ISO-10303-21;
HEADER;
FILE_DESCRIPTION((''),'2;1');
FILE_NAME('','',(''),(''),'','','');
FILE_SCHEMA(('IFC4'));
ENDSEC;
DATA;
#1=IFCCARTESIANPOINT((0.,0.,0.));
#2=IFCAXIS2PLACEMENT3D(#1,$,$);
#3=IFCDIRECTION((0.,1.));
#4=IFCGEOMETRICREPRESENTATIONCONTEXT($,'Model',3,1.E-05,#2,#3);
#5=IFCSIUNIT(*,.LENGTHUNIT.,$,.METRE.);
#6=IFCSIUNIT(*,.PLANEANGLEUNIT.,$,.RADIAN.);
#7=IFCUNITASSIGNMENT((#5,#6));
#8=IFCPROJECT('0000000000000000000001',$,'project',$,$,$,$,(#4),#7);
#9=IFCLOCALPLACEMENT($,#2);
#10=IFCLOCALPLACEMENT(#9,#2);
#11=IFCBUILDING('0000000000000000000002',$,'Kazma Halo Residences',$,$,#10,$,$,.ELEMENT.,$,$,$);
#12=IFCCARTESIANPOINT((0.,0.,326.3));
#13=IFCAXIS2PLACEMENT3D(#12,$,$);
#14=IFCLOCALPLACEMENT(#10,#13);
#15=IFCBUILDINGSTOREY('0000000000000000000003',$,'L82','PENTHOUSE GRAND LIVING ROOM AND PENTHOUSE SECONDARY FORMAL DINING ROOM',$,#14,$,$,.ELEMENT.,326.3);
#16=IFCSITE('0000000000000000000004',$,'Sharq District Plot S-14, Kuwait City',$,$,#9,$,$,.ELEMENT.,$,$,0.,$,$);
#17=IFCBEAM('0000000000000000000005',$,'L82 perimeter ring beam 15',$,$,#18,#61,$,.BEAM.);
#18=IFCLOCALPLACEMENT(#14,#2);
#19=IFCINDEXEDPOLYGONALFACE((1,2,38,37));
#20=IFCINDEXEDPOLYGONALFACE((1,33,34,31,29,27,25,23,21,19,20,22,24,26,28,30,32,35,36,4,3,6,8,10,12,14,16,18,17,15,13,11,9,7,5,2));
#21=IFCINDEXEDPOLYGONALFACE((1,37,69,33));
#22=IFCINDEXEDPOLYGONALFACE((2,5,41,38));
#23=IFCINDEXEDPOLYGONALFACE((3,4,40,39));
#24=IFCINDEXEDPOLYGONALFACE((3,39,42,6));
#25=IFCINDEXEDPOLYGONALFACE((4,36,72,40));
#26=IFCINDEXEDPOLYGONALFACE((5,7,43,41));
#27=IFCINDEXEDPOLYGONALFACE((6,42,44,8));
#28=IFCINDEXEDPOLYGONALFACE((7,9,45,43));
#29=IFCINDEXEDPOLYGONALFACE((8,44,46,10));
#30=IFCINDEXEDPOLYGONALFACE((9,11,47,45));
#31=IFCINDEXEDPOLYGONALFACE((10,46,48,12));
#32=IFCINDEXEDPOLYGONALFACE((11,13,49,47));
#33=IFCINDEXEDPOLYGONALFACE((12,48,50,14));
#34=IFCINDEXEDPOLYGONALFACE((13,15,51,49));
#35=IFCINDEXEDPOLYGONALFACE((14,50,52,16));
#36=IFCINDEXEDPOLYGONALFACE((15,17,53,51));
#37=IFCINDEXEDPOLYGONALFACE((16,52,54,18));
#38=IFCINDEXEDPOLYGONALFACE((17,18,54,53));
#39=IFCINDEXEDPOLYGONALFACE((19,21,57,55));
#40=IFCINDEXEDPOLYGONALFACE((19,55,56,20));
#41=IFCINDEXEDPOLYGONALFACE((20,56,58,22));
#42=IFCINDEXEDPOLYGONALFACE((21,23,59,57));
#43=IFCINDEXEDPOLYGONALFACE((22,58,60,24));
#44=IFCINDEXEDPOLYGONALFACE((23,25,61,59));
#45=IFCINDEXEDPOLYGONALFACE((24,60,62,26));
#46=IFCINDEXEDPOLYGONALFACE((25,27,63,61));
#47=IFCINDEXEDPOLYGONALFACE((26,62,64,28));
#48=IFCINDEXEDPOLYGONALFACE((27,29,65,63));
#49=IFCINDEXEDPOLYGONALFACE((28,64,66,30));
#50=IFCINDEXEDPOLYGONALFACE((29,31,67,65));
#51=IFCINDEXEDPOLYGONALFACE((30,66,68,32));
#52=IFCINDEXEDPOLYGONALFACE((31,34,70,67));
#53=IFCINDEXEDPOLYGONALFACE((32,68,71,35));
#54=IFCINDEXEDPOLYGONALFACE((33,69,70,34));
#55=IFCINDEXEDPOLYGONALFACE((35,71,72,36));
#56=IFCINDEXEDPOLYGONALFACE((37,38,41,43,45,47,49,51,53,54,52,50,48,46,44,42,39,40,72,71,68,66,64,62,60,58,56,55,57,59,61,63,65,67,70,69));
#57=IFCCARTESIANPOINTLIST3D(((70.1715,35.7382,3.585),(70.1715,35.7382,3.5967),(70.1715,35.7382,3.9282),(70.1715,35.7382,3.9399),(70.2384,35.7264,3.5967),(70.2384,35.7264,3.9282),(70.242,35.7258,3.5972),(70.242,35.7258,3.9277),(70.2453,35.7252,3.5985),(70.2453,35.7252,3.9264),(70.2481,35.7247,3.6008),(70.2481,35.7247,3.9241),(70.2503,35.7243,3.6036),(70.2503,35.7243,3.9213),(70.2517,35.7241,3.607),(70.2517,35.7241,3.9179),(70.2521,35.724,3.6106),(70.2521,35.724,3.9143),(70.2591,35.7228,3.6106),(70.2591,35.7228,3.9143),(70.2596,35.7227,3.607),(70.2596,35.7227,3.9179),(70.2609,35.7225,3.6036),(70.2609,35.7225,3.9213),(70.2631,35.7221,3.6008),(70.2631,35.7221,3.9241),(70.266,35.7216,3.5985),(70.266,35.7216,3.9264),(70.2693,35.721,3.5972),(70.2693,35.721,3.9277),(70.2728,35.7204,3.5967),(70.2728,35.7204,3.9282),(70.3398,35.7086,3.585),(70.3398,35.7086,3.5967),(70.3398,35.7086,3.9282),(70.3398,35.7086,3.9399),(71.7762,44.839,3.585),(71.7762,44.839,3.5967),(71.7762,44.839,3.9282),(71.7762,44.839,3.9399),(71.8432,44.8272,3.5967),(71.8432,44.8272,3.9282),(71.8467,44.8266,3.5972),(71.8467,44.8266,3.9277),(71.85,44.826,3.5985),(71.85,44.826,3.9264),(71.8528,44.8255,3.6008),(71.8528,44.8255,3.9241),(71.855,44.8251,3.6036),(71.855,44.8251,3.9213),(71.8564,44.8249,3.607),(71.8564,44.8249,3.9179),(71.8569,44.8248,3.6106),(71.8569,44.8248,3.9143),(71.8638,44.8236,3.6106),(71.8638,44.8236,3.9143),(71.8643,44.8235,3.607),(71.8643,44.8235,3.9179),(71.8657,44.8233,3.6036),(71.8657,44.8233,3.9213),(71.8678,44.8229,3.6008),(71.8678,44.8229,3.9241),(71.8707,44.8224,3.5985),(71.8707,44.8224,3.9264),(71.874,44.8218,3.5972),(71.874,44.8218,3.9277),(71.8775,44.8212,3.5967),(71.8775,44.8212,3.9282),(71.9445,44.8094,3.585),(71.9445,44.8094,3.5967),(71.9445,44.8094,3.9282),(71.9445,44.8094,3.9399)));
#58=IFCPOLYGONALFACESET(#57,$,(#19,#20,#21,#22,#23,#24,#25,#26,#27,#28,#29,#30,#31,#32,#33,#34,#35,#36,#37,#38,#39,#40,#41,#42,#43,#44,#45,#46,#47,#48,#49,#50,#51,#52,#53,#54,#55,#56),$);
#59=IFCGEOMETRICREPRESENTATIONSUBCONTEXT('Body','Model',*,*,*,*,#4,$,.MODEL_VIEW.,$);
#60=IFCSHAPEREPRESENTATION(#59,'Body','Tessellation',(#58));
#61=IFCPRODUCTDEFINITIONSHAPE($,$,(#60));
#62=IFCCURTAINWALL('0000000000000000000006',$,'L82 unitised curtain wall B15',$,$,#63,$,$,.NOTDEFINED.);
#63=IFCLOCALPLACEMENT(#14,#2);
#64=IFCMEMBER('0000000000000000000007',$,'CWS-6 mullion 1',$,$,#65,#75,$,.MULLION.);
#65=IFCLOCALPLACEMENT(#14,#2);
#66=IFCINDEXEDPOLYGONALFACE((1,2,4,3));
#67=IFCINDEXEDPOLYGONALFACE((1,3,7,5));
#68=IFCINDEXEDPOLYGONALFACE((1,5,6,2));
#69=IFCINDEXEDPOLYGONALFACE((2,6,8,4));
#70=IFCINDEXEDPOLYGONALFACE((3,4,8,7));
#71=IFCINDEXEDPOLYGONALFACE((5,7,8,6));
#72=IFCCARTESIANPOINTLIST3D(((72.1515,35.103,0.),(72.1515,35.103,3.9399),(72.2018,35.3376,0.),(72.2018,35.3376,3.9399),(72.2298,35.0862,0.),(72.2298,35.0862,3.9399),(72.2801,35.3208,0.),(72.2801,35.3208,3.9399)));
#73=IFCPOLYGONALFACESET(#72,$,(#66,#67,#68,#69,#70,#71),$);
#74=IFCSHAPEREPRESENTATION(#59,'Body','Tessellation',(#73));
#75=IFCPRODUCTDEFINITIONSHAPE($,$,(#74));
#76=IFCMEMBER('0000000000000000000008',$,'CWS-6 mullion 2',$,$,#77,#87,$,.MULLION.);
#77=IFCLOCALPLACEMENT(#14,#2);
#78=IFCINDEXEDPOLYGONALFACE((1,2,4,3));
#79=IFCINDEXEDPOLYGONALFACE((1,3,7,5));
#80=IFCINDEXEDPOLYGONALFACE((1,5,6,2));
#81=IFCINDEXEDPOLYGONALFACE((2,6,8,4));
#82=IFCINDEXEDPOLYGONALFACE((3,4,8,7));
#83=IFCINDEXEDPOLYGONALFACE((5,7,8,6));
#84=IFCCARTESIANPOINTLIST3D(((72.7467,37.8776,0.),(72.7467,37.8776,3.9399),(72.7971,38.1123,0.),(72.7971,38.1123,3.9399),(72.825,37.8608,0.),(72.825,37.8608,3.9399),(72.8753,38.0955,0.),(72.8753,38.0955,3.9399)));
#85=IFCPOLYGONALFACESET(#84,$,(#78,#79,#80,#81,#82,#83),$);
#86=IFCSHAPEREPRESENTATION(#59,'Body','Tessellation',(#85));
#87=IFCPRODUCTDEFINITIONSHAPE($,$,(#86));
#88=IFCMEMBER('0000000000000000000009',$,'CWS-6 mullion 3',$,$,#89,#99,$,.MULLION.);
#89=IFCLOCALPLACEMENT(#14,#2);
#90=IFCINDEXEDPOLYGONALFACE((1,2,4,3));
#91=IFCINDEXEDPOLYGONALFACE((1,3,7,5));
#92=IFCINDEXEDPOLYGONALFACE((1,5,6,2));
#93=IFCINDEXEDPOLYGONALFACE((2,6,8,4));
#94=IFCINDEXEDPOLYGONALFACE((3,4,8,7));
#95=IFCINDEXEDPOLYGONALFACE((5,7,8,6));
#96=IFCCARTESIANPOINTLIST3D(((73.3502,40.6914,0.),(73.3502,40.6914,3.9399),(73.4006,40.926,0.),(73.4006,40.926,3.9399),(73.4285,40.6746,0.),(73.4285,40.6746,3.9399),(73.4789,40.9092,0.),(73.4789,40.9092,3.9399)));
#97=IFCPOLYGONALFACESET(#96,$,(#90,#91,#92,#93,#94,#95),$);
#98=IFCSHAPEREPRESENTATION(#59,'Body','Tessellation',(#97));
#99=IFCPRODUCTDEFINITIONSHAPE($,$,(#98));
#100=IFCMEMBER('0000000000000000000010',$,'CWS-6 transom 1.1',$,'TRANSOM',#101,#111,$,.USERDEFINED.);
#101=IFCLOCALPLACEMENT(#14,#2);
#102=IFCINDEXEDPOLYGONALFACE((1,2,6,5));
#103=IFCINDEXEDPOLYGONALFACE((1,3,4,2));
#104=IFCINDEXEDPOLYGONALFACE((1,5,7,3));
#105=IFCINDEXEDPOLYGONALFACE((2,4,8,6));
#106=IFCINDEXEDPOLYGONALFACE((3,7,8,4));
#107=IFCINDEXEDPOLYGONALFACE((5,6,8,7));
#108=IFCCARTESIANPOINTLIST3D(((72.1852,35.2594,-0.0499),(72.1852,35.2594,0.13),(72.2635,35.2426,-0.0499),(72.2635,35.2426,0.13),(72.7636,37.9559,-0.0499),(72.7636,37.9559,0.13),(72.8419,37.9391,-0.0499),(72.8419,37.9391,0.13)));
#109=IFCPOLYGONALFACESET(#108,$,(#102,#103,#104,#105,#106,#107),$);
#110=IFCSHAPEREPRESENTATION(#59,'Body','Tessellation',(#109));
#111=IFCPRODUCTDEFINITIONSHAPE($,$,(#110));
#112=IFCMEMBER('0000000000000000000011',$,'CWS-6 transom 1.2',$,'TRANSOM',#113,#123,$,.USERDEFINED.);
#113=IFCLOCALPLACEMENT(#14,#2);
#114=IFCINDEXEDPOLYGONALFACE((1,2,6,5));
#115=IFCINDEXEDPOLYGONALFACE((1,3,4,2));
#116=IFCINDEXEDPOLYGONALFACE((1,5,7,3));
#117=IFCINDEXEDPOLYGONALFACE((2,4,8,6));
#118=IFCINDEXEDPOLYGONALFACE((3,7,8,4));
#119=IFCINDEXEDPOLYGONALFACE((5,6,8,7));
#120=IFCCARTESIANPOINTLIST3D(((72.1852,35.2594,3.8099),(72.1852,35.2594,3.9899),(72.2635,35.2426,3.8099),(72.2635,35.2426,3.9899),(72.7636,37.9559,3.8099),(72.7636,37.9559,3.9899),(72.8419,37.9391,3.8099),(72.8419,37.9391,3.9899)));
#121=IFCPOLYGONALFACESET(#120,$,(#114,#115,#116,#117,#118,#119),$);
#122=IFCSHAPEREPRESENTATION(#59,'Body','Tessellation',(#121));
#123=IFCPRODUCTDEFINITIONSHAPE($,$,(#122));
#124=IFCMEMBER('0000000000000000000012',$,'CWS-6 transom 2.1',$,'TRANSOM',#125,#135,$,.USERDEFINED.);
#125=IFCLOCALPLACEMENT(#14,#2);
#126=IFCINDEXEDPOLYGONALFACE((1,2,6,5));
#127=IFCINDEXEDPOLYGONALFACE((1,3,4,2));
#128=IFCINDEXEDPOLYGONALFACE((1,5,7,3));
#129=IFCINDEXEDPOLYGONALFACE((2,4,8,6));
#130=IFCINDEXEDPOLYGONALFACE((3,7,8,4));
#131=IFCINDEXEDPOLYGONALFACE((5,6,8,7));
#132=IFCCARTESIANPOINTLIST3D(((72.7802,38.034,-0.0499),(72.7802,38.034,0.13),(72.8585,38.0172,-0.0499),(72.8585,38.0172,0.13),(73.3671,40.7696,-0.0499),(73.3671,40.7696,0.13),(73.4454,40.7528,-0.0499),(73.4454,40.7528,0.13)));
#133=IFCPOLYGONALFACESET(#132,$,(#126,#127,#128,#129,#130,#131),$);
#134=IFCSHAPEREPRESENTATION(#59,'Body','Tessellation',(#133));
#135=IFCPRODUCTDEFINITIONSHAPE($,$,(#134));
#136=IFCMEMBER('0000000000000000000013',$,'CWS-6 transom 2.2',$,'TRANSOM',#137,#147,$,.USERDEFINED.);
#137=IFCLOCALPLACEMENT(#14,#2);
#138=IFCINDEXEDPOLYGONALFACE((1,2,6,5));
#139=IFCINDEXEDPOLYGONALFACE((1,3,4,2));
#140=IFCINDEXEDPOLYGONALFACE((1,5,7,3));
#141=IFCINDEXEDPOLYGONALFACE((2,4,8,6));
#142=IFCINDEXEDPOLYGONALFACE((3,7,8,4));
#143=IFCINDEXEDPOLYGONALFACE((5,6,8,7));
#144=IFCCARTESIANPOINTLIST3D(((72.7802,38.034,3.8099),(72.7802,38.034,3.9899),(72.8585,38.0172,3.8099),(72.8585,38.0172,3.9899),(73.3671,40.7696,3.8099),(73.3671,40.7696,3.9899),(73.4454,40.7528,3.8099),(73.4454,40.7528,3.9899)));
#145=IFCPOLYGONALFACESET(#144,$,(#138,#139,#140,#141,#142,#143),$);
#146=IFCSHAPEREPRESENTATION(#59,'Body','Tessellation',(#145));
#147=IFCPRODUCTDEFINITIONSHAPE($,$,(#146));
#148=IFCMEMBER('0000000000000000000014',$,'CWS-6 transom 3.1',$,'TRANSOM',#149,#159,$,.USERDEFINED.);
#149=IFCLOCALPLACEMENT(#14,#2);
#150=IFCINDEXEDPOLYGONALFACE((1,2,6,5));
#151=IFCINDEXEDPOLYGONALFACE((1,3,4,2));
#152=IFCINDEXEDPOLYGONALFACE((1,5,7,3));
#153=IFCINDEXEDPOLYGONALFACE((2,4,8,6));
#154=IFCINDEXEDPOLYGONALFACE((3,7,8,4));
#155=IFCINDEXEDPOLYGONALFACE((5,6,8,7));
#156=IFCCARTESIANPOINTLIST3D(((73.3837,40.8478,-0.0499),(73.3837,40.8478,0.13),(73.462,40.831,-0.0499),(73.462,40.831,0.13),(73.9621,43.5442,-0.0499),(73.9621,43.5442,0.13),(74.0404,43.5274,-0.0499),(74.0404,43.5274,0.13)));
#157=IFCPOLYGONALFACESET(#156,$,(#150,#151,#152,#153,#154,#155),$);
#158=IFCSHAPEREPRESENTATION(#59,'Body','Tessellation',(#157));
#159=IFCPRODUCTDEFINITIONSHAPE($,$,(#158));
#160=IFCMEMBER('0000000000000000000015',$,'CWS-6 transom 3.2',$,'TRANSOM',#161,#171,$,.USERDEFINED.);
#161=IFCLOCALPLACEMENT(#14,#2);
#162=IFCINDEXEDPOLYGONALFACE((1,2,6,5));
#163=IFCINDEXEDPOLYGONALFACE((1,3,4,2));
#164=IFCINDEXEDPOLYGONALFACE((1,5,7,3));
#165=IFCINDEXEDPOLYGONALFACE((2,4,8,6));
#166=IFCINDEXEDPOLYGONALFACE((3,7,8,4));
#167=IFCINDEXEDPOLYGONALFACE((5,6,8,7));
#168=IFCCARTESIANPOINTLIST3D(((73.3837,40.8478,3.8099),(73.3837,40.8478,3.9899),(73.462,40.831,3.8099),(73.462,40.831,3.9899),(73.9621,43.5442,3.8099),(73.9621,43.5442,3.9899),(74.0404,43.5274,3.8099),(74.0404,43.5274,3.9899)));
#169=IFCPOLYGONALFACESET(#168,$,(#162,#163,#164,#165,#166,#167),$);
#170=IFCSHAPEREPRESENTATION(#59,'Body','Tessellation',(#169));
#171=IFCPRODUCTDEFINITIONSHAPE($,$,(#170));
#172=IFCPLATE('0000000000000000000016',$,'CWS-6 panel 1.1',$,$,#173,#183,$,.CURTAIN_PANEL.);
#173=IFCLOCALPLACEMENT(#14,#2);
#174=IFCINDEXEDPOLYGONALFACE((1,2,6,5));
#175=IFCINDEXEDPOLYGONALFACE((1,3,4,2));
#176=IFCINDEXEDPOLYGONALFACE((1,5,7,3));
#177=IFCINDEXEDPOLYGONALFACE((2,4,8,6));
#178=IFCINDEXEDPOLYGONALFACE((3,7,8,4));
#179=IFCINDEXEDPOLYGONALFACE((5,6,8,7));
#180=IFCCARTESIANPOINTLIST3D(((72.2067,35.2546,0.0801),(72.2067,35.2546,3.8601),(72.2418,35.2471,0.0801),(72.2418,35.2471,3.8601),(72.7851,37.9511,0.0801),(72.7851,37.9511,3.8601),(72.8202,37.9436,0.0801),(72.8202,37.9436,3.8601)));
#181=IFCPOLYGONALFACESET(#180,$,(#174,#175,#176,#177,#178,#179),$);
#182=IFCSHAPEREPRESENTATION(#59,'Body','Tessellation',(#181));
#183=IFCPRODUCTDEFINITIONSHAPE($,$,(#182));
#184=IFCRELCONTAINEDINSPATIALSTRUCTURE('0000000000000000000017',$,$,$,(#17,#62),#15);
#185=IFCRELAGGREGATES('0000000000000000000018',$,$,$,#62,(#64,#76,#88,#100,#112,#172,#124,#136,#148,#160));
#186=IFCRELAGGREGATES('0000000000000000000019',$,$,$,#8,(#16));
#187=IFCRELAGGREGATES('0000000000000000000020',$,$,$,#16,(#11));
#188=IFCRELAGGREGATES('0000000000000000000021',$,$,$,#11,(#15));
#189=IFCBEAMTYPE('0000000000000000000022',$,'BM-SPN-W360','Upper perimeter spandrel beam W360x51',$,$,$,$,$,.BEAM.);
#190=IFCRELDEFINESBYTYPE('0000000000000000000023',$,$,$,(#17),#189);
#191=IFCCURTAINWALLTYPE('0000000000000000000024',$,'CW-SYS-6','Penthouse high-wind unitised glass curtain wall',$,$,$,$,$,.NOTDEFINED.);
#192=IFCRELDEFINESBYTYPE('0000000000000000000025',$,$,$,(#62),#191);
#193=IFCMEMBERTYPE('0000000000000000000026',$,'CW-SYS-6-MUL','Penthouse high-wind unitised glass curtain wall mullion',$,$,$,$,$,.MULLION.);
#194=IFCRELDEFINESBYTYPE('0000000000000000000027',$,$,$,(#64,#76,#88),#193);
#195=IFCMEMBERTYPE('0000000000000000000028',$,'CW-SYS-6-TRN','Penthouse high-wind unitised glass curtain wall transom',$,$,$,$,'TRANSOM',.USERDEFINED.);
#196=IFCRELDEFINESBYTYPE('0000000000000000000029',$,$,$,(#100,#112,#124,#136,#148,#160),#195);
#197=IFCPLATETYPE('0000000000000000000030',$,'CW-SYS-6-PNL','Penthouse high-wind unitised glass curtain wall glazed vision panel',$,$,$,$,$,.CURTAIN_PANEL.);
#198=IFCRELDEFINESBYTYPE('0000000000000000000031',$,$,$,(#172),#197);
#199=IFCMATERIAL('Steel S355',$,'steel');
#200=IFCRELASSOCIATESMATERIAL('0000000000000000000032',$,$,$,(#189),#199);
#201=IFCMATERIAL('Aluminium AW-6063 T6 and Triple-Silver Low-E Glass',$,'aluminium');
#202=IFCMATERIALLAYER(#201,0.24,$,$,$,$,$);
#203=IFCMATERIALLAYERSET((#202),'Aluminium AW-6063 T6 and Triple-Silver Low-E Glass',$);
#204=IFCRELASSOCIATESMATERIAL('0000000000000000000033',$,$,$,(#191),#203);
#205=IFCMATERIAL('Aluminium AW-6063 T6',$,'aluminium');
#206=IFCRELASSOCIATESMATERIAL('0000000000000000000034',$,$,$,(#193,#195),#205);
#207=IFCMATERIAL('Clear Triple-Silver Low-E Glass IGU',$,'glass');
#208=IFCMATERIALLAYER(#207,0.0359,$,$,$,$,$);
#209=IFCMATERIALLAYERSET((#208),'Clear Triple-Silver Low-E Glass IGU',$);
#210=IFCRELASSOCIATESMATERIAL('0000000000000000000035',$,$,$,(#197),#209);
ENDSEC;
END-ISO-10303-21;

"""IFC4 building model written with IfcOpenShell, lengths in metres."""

from ifc_helpers import new_model, si_unit, direction, frame, origin, origin_2d, place, context, subcontext, project, spatial, rectangle, i_section, extrude, material, layer, layer_set, material_profile, profile_set, type_object, element, aggregate, save


model = new_model("IFC4")

# Units and contexts
model_context = context("Model", 3, precision=1e-05, world=origin(), true_north=direction((0.0, 1.0)))
body_context = subcontext(model_context, "Body", "Model", "MODEL_VIEW")
ifc_project = project(units=[si_unit("LENGTHUNIT", "METRE"), si_unit("PLANEANGLEUNIT", "RADIAN")], contexts=[model_context])

# Site, building, storey
site_placement = place(None, origin())
site = spatial("IfcSite", under=ifc_project, at=site_placement, Name="Sharq District Plot S-14, Kuwait City", CompositionType="ELEMENT", RefElevation=0.0)
building_placement = place(site_placement, origin())
building = spatial("IfcBuilding", under=site, at=building_placement, Name="Kazma Halo Residences", CompositionType="ELEMENT")
storey_placement = place(building_placement, frame((0.0, 0.0, 326.3)))
storey = spatial("IfcBuildingStorey", under=building, at=storey_placement, Name="L82", Description="PENTHOUSE GRAND LIVING ROOM AND PENTHOUSE SECONDARY FORMAL DINING ROOM", CompositionType="ELEMENT", Elevation=326.3)

# Beam
ifc_material_1 = material(Name="Steel S355", Category="steel")
ifc_material_profile_1 = material_profile(ifc_material_1, i_section(OverallWidth=0.1709, OverallDepth=0.355, WebThickness=0.0071, FlangeThickness=0.0117, FilletRadius=0.0139, at=origin_2d()), Name="W360x51")
ifc_profile_set_1 = profile_set([ifc_material_profile_1], Name="Steel S355")
beam_type_1 = type_object("IfcBeamType", Name="BM-SPN-W360", Description="Upper perimeter spandrel beam W360x51", PredefinedType="BEAM", material=ifc_profile_set_1)
beam_1_placement = place(storey_placement, frame((70.2556, 35.7234, 3.7625), z_axis=(0.17365, 0.984807, 0.0), x_axis=(-0.984807, 0.17365, 0.0)))
element("IfcBeam", 1, at=beam_1_placement, inside=storey, type_object=beam_type_1, Name="L82 perimeter ring beam 15", PredefinedType="BEAM", context=body_context, shape_type="SweptSolid", body=[
    extrude(i_section(OverallWidth=0.1709, OverallDepth=0.355, WebThickness=0.0071, FlangeThickness=0.0117, FilletRadius=0.0139, at=origin_2d()), origin(), (0.0, 0.0, 1.0), 9.2412),
])

# Curtain wall, members, plate
ifc_material_2 = material(Name="Aluminium AW-6063 T6 and Triple-Silver Low-E Glass", Category="aluminium")
ifc_layer_1 = layer(ifc_material_2, 0.24)
ifc_layer_set_1 = layer_set([ifc_layer_1], Name="Aluminium AW-6063 T6 and Triple-Silver Low-E Glass")
curtain_wall_type = type_object("IfcCurtainWallType", Name="CW-SYS-6", Description="Penthouse high-wind unitised glass curtain wall", PredefinedType="NOTDEFINED", material=ifc_layer_set_1)
curtain_wall_placement = place(storey_placement, origin())
curtain_wall = element("IfcCurtainWall", 2, at=curtain_wall_placement, inside=storey, type_object=curtain_wall_type, Name="L82 unitised curtain wall B15", PredefinedType="NOTDEFINED")
ifc_material_3 = material(Name="Aluminium AW-6063 T6", Category="aluminium")
ifc_material_profile_2 = material_profile(ifc_material_3, rectangle(XDim=0.0801, YDim=0.24, at=origin_2d()), Name="CWM-80x240")
ifc_profile_set_2 = profile_set([ifc_material_profile_2], Name="Aluminium AW-6063 T6")
member_type_1 = type_object("IfcMemberType", Name="CW-SYS-6-MUL", Description="Penthouse high-wind unitised glass curtain wall mullion", PredefinedType="MULLION", material=ifc_profile_set_2)
member_1_placement = place(storey_placement, frame((72.2158, 35.2119, 0.0), z_axis=(0.0, 0.0, 1.0), x_axis=(-0.977761, 0.209723, 0.0)))
member_1 = element("IfcMember", 3, at=member_1_placement, type_object=member_type_1, Name="CWS-6 mullion 1", PredefinedType="MULLION", context=body_context, shape_type="SweptSolid", body=[
    extrude(rectangle(XDim=0.0801, YDim=0.24, at=origin_2d()), origin(), (0.0, 0.0, 1.0), 3.9399),
])
member_2_placement = place(storey_placement, frame((72.811, 37.9866, 0.0), z_axis=(0.0, 0.0, 1.0), x_axis=(-0.977761, 0.209723, 0.0)))
member_2 = element("IfcMember", 4, at=member_2_placement, type_object=member_type_1, Name="CWS-6 mullion 2", PredefinedType="MULLION", context=body_context, shape_type="SweptSolid", body=[
    extrude(rectangle(XDim=0.0801, YDim=0.24, at=origin_2d()), origin(), (0.0, 0.0, 1.0), 3.9399),
])
member_3_placement = place(storey_placement, frame((73.4146, 40.8003, 0.0), z_axis=(0.0, 0.0, 1.0), x_axis=(-0.977761, 0.209723, 0.0)))
member_3 = element("IfcMember", 5, at=member_3_placement, type_object=member_type_1, Name="CWS-6 mullion 3", PredefinedType="MULLION", context=body_context, shape_type="SweptSolid", body=[
    extrude(rectangle(XDim=0.0801, YDim=0.24, at=origin_2d()), origin(), (0.0, 0.0, 1.0), 3.9399),
])
ifc_material_profile_3 = material_profile(ifc_material_3, rectangle(XDim=0.0801, YDim=0.1799, at=origin_2d()), Name="CWT-80x180")
ifc_profile_set_3 = profile_set([ifc_material_profile_3], Name="Aluminium AW-6063 T6")
member_type_2 = type_object("IfcMemberType", Name="CW-SYS-6-TRN", Description="Penthouse high-wind unitised glass curtain wall transom", ElementType="TRANSOM", PredefinedType="USERDEFINED", material=ifc_profile_set_3)
member_4_placement = place(storey_placement, frame((72.2244, 35.251, 0.04), z_axis=(0.209716, 0.977762, 0.0), x_axis=(-0.977762, 0.209716, 0.0)))
member_4 = element("IfcMember", 6, at=member_4_placement, type_object=member_type_2, Name="CWS-6 transom 1.1", ObjectType="TRANSOM", PredefinedType="USERDEFINED", context=body_context, shape_type="SweptSolid", body=[
    extrude(rectangle(XDim=0.0801, YDim=0.1799, at=origin_2d()), origin(), (0.0, 0.0, 1.0), 2.7578),
])
member_5_placement = place(storey_placement, frame((72.2244, 35.251, 3.8999), z_axis=(0.209716, 0.977762, 0.0), x_axis=(-0.977762, 0.209716, 0.0)))
member_5 = element("IfcMember", 7, at=member_5_placement, type_object=member_type_2, Name="CWS-6 transom 1.2", ObjectType="TRANSOM", PredefinedType="USERDEFINED", context=body_context, shape_type="SweptSolid", body=[
    extrude(rectangle(XDim=0.0801, YDim=0.1799, at=origin_2d()), origin(), (0.0, 0.0, 1.0), 2.7578),
])
member_6_placement = place(storey_placement, frame((72.8193, 38.0256, 0.04), z_axis=(0.209773, 0.97775, 0.0), x_axis=(-0.97775, 0.209773, 0.0)))
member_6 = element("IfcMember", 8, at=member_6_placement, type_object=member_type_2, Name="CWS-6 transom 2.1", ObjectType="TRANSOM", PredefinedType="USERDEFINED", context=body_context, shape_type="SweptSolid", body=[
    extrude(rectangle(XDim=0.0801, YDim=0.1799, at=origin_2d()), origin(), (0.0, 0.0, 1.0), 2.7979),
])
member_7_placement = place(storey_placement, frame((72.8193, 38.0256, 3.8999), z_axis=(0.209773, 0.97775, 0.0), x_axis=(-0.97775, 0.209773, 0.0)))
member_7 = element("IfcMember", 9, at=member_7_placement, type_object=member_type_2, Name="CWS-6 transom 2.2", ObjectType="TRANSOM", PredefinedType="USERDEFINED", context=body_context, shape_type="SweptSolid", body=[
    extrude(rectangle(XDim=0.0801, YDim=0.1799, at=origin_2d()), origin(), (0.0, 0.0, 1.0), 2.7979),
])
member_8_placement = place(storey_placement, frame((73.4229, 40.8394, 0.04), z_axis=(0.209716, 0.977762, 0.0), x_axis=(-0.977762, 0.209716, 0.0)))
member_8 = element("IfcMember", 10, at=member_8_placement, type_object=member_type_2, Name="CWS-6 transom 3.1", ObjectType="TRANSOM", PredefinedType="USERDEFINED", context=body_context, shape_type="SweptSolid", body=[
    extrude(rectangle(XDim=0.0801, YDim=0.1799, at=origin_2d()), origin(), (0.0, 0.0, 1.0), 2.7578),
])
member_9_placement = place(storey_placement, frame((73.4229, 40.8394, 3.8999), z_axis=(0.209716, 0.977762, 0.0), x_axis=(-0.977762, 0.209716, 0.0)))
member_9 = element("IfcMember", 11, at=member_9_placement, type_object=member_type_2, Name="CWS-6 transom 3.2", ObjectType="TRANSOM", PredefinedType="USERDEFINED", context=body_context, shape_type="SweptSolid", body=[
    extrude(rectangle(XDim=0.0801, YDim=0.1799, at=origin_2d()), origin(), (0.0, 0.0, 1.0), 2.7578),
])
ifc_material_4 = material(Name="Clear Triple-Silver Low-E Glass IGU", Category="glass")
ifc_layer_2 = layer(ifc_material_4, 0.0359)
ifc_layer_set_2 = layer_set([ifc_layer_2], Name="Clear Triple-Silver Low-E Glass IGU")
plate_type = type_object("IfcPlateType", Name="CW-SYS-6-PNL", Description="Penthouse high-wind unitised glass curtain wall glazed vision panel", PredefinedType="CURTAIN_PANEL", material=ifc_layer_set_2)
plate_1_placement = place(storey_placement, frame((72.5134, 36.5991, 0.0801), z_axis=(0.0, 0.0, 1.0), x_axis=(0.209723, 0.977761, 0.0)))
plate_1 = element("IfcPlate", 12, at=plate_1_placement, type_object=plate_type, Name="CWS-6 panel 1.1", PredefinedType="CURTAIN_PANEL", context=body_context, shape_type="SweptSolid", body=[
    extrude(rectangle(XDim=2.7578, YDim=0.0359, at=origin_2d()), origin(), (0.0, 0.0, 1.0), 3.78),
])
aggregate(curtain_wall, [member_1, member_2, member_3, member_4, member_5, plate_1, member_6, member_7, member_8, member_9])

save(model, "model.ifc")
